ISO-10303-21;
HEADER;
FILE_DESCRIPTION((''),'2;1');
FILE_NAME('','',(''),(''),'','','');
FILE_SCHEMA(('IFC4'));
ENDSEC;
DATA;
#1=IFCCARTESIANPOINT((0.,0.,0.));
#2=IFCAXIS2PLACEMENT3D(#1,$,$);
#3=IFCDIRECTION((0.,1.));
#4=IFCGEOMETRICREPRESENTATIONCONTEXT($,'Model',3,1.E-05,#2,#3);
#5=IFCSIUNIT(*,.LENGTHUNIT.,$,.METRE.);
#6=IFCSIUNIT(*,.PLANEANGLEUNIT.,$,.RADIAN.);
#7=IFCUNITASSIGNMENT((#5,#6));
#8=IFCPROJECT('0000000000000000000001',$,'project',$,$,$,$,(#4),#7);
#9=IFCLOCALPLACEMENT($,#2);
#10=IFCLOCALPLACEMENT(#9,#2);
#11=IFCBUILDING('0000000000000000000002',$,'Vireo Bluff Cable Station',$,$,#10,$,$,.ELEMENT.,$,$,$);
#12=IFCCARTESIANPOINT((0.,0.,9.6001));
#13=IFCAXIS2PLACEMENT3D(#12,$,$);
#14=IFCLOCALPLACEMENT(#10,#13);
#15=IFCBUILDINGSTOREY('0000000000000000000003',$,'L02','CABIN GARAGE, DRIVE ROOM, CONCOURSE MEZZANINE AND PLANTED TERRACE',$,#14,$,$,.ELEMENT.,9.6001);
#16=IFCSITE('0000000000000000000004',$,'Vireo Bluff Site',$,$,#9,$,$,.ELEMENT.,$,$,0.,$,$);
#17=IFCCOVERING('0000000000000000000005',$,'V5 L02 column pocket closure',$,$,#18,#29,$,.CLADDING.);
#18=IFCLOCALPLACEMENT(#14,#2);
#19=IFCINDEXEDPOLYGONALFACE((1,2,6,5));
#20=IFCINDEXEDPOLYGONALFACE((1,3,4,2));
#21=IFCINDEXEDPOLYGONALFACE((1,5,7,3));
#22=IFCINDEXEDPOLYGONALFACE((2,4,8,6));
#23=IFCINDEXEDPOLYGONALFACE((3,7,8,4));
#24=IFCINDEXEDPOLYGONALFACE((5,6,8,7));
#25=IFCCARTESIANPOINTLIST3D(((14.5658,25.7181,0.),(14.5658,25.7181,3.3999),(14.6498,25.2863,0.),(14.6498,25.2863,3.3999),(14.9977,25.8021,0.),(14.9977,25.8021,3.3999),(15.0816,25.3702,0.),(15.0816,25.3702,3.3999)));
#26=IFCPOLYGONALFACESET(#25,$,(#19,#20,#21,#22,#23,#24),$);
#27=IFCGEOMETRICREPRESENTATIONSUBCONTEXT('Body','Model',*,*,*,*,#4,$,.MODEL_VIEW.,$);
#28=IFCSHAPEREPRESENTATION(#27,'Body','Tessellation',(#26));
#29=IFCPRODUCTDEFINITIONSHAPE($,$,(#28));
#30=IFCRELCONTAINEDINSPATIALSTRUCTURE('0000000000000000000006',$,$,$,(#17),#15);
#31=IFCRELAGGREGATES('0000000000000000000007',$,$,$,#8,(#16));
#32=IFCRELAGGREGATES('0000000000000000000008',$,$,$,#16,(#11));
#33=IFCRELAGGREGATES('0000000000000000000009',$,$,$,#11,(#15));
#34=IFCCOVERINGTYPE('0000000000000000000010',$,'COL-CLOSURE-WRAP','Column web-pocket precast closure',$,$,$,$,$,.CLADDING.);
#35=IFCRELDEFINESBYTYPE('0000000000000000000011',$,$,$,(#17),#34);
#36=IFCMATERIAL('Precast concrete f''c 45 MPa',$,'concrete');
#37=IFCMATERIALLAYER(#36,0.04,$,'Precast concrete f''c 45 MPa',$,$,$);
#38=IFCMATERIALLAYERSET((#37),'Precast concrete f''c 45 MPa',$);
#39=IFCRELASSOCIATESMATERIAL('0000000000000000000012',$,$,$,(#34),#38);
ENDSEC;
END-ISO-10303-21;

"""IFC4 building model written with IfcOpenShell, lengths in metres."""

from ifc_helpers import new_model, si_unit, direction, frame, origin, origin_2d, place, context, subcontext, project, spatial, rectangle, extrude, material, layer, layer_set, type_object, element, save


model = new_model("IFC4")

# Units and contexts
model_context = context("Model", 3, precision=1e-05, world=origin(), true_north=direction((0.0, 1.0)))
body_context = subcontext(model_context, "Body", "Model", "MODEL_VIEW")
ifc_project = project(units=[si_unit("LENGTHUNIT", "METRE"), si_unit("PLANEANGLEUNIT", "RADIAN")], contexts=[model_context])

# Site, building, storey
site_placement = place(None, origin())
site = spatial("IfcSite", under=ifc_project, at=site_placement, Name="Vireo Bluff Site", CompositionType="ELEMENT", RefElevation=0.0)
building_placement = place(site_placement, origin())
building = spatial("IfcBuilding", under=site, at=building_placement, Name="Vireo Bluff Cable Station", CompositionType="ELEMENT")
storey_placement = place(building_placement, frame((0.0, 0.0, 9.6001)))
storey = spatial("IfcBuildingStorey", under=building, at=storey_placement, Name="L02", Description="CABIN GARAGE, DRIVE ROOM, CONCOURSE MEZZANINE AND PLANTED TERRACE", CompositionType="ELEMENT", Elevation=9.6001)

# Covering
ifc_material_1 = material(Name="Precast concrete f'c 45 MPa", Category="concrete")
ifc_layer_1 = layer(ifc_material_1, 0.04, Name="Precast concrete f'c 45 MPa")
ifc_layer_set_1 = layer_set([ifc_layer_1], Name="Precast concrete f'c 45 MPa")
covering_type = type_object("IfcCoveringType", Name="COL-CLOSURE-WRAP", Description="Column web-pocket precast closure", PredefinedType="CLADDING", material=ifc_layer_set_1)
covering_placement = place(storey_placement, frame((14.8237, 25.5442, 0.0), z_axis=(0.0, 0.0, 1.0), x_axis=(0.981627, 0.190809, 0.0)))
element("IfcCovering", 1, at=covering_placement, inside=storey, type_object=covering_type, Name="V5 L02 column pocket closure", PredefinedType="CLADDING", context=body_context, shape_type="SweptSolid", body=[
    extrude(rectangle(XDim=0.4399, YDim=0.4399, at=origin_2d()), origin(), (0.0, 0.0, 1.0), 3.3999),
])

save(model, "model.ifc")
